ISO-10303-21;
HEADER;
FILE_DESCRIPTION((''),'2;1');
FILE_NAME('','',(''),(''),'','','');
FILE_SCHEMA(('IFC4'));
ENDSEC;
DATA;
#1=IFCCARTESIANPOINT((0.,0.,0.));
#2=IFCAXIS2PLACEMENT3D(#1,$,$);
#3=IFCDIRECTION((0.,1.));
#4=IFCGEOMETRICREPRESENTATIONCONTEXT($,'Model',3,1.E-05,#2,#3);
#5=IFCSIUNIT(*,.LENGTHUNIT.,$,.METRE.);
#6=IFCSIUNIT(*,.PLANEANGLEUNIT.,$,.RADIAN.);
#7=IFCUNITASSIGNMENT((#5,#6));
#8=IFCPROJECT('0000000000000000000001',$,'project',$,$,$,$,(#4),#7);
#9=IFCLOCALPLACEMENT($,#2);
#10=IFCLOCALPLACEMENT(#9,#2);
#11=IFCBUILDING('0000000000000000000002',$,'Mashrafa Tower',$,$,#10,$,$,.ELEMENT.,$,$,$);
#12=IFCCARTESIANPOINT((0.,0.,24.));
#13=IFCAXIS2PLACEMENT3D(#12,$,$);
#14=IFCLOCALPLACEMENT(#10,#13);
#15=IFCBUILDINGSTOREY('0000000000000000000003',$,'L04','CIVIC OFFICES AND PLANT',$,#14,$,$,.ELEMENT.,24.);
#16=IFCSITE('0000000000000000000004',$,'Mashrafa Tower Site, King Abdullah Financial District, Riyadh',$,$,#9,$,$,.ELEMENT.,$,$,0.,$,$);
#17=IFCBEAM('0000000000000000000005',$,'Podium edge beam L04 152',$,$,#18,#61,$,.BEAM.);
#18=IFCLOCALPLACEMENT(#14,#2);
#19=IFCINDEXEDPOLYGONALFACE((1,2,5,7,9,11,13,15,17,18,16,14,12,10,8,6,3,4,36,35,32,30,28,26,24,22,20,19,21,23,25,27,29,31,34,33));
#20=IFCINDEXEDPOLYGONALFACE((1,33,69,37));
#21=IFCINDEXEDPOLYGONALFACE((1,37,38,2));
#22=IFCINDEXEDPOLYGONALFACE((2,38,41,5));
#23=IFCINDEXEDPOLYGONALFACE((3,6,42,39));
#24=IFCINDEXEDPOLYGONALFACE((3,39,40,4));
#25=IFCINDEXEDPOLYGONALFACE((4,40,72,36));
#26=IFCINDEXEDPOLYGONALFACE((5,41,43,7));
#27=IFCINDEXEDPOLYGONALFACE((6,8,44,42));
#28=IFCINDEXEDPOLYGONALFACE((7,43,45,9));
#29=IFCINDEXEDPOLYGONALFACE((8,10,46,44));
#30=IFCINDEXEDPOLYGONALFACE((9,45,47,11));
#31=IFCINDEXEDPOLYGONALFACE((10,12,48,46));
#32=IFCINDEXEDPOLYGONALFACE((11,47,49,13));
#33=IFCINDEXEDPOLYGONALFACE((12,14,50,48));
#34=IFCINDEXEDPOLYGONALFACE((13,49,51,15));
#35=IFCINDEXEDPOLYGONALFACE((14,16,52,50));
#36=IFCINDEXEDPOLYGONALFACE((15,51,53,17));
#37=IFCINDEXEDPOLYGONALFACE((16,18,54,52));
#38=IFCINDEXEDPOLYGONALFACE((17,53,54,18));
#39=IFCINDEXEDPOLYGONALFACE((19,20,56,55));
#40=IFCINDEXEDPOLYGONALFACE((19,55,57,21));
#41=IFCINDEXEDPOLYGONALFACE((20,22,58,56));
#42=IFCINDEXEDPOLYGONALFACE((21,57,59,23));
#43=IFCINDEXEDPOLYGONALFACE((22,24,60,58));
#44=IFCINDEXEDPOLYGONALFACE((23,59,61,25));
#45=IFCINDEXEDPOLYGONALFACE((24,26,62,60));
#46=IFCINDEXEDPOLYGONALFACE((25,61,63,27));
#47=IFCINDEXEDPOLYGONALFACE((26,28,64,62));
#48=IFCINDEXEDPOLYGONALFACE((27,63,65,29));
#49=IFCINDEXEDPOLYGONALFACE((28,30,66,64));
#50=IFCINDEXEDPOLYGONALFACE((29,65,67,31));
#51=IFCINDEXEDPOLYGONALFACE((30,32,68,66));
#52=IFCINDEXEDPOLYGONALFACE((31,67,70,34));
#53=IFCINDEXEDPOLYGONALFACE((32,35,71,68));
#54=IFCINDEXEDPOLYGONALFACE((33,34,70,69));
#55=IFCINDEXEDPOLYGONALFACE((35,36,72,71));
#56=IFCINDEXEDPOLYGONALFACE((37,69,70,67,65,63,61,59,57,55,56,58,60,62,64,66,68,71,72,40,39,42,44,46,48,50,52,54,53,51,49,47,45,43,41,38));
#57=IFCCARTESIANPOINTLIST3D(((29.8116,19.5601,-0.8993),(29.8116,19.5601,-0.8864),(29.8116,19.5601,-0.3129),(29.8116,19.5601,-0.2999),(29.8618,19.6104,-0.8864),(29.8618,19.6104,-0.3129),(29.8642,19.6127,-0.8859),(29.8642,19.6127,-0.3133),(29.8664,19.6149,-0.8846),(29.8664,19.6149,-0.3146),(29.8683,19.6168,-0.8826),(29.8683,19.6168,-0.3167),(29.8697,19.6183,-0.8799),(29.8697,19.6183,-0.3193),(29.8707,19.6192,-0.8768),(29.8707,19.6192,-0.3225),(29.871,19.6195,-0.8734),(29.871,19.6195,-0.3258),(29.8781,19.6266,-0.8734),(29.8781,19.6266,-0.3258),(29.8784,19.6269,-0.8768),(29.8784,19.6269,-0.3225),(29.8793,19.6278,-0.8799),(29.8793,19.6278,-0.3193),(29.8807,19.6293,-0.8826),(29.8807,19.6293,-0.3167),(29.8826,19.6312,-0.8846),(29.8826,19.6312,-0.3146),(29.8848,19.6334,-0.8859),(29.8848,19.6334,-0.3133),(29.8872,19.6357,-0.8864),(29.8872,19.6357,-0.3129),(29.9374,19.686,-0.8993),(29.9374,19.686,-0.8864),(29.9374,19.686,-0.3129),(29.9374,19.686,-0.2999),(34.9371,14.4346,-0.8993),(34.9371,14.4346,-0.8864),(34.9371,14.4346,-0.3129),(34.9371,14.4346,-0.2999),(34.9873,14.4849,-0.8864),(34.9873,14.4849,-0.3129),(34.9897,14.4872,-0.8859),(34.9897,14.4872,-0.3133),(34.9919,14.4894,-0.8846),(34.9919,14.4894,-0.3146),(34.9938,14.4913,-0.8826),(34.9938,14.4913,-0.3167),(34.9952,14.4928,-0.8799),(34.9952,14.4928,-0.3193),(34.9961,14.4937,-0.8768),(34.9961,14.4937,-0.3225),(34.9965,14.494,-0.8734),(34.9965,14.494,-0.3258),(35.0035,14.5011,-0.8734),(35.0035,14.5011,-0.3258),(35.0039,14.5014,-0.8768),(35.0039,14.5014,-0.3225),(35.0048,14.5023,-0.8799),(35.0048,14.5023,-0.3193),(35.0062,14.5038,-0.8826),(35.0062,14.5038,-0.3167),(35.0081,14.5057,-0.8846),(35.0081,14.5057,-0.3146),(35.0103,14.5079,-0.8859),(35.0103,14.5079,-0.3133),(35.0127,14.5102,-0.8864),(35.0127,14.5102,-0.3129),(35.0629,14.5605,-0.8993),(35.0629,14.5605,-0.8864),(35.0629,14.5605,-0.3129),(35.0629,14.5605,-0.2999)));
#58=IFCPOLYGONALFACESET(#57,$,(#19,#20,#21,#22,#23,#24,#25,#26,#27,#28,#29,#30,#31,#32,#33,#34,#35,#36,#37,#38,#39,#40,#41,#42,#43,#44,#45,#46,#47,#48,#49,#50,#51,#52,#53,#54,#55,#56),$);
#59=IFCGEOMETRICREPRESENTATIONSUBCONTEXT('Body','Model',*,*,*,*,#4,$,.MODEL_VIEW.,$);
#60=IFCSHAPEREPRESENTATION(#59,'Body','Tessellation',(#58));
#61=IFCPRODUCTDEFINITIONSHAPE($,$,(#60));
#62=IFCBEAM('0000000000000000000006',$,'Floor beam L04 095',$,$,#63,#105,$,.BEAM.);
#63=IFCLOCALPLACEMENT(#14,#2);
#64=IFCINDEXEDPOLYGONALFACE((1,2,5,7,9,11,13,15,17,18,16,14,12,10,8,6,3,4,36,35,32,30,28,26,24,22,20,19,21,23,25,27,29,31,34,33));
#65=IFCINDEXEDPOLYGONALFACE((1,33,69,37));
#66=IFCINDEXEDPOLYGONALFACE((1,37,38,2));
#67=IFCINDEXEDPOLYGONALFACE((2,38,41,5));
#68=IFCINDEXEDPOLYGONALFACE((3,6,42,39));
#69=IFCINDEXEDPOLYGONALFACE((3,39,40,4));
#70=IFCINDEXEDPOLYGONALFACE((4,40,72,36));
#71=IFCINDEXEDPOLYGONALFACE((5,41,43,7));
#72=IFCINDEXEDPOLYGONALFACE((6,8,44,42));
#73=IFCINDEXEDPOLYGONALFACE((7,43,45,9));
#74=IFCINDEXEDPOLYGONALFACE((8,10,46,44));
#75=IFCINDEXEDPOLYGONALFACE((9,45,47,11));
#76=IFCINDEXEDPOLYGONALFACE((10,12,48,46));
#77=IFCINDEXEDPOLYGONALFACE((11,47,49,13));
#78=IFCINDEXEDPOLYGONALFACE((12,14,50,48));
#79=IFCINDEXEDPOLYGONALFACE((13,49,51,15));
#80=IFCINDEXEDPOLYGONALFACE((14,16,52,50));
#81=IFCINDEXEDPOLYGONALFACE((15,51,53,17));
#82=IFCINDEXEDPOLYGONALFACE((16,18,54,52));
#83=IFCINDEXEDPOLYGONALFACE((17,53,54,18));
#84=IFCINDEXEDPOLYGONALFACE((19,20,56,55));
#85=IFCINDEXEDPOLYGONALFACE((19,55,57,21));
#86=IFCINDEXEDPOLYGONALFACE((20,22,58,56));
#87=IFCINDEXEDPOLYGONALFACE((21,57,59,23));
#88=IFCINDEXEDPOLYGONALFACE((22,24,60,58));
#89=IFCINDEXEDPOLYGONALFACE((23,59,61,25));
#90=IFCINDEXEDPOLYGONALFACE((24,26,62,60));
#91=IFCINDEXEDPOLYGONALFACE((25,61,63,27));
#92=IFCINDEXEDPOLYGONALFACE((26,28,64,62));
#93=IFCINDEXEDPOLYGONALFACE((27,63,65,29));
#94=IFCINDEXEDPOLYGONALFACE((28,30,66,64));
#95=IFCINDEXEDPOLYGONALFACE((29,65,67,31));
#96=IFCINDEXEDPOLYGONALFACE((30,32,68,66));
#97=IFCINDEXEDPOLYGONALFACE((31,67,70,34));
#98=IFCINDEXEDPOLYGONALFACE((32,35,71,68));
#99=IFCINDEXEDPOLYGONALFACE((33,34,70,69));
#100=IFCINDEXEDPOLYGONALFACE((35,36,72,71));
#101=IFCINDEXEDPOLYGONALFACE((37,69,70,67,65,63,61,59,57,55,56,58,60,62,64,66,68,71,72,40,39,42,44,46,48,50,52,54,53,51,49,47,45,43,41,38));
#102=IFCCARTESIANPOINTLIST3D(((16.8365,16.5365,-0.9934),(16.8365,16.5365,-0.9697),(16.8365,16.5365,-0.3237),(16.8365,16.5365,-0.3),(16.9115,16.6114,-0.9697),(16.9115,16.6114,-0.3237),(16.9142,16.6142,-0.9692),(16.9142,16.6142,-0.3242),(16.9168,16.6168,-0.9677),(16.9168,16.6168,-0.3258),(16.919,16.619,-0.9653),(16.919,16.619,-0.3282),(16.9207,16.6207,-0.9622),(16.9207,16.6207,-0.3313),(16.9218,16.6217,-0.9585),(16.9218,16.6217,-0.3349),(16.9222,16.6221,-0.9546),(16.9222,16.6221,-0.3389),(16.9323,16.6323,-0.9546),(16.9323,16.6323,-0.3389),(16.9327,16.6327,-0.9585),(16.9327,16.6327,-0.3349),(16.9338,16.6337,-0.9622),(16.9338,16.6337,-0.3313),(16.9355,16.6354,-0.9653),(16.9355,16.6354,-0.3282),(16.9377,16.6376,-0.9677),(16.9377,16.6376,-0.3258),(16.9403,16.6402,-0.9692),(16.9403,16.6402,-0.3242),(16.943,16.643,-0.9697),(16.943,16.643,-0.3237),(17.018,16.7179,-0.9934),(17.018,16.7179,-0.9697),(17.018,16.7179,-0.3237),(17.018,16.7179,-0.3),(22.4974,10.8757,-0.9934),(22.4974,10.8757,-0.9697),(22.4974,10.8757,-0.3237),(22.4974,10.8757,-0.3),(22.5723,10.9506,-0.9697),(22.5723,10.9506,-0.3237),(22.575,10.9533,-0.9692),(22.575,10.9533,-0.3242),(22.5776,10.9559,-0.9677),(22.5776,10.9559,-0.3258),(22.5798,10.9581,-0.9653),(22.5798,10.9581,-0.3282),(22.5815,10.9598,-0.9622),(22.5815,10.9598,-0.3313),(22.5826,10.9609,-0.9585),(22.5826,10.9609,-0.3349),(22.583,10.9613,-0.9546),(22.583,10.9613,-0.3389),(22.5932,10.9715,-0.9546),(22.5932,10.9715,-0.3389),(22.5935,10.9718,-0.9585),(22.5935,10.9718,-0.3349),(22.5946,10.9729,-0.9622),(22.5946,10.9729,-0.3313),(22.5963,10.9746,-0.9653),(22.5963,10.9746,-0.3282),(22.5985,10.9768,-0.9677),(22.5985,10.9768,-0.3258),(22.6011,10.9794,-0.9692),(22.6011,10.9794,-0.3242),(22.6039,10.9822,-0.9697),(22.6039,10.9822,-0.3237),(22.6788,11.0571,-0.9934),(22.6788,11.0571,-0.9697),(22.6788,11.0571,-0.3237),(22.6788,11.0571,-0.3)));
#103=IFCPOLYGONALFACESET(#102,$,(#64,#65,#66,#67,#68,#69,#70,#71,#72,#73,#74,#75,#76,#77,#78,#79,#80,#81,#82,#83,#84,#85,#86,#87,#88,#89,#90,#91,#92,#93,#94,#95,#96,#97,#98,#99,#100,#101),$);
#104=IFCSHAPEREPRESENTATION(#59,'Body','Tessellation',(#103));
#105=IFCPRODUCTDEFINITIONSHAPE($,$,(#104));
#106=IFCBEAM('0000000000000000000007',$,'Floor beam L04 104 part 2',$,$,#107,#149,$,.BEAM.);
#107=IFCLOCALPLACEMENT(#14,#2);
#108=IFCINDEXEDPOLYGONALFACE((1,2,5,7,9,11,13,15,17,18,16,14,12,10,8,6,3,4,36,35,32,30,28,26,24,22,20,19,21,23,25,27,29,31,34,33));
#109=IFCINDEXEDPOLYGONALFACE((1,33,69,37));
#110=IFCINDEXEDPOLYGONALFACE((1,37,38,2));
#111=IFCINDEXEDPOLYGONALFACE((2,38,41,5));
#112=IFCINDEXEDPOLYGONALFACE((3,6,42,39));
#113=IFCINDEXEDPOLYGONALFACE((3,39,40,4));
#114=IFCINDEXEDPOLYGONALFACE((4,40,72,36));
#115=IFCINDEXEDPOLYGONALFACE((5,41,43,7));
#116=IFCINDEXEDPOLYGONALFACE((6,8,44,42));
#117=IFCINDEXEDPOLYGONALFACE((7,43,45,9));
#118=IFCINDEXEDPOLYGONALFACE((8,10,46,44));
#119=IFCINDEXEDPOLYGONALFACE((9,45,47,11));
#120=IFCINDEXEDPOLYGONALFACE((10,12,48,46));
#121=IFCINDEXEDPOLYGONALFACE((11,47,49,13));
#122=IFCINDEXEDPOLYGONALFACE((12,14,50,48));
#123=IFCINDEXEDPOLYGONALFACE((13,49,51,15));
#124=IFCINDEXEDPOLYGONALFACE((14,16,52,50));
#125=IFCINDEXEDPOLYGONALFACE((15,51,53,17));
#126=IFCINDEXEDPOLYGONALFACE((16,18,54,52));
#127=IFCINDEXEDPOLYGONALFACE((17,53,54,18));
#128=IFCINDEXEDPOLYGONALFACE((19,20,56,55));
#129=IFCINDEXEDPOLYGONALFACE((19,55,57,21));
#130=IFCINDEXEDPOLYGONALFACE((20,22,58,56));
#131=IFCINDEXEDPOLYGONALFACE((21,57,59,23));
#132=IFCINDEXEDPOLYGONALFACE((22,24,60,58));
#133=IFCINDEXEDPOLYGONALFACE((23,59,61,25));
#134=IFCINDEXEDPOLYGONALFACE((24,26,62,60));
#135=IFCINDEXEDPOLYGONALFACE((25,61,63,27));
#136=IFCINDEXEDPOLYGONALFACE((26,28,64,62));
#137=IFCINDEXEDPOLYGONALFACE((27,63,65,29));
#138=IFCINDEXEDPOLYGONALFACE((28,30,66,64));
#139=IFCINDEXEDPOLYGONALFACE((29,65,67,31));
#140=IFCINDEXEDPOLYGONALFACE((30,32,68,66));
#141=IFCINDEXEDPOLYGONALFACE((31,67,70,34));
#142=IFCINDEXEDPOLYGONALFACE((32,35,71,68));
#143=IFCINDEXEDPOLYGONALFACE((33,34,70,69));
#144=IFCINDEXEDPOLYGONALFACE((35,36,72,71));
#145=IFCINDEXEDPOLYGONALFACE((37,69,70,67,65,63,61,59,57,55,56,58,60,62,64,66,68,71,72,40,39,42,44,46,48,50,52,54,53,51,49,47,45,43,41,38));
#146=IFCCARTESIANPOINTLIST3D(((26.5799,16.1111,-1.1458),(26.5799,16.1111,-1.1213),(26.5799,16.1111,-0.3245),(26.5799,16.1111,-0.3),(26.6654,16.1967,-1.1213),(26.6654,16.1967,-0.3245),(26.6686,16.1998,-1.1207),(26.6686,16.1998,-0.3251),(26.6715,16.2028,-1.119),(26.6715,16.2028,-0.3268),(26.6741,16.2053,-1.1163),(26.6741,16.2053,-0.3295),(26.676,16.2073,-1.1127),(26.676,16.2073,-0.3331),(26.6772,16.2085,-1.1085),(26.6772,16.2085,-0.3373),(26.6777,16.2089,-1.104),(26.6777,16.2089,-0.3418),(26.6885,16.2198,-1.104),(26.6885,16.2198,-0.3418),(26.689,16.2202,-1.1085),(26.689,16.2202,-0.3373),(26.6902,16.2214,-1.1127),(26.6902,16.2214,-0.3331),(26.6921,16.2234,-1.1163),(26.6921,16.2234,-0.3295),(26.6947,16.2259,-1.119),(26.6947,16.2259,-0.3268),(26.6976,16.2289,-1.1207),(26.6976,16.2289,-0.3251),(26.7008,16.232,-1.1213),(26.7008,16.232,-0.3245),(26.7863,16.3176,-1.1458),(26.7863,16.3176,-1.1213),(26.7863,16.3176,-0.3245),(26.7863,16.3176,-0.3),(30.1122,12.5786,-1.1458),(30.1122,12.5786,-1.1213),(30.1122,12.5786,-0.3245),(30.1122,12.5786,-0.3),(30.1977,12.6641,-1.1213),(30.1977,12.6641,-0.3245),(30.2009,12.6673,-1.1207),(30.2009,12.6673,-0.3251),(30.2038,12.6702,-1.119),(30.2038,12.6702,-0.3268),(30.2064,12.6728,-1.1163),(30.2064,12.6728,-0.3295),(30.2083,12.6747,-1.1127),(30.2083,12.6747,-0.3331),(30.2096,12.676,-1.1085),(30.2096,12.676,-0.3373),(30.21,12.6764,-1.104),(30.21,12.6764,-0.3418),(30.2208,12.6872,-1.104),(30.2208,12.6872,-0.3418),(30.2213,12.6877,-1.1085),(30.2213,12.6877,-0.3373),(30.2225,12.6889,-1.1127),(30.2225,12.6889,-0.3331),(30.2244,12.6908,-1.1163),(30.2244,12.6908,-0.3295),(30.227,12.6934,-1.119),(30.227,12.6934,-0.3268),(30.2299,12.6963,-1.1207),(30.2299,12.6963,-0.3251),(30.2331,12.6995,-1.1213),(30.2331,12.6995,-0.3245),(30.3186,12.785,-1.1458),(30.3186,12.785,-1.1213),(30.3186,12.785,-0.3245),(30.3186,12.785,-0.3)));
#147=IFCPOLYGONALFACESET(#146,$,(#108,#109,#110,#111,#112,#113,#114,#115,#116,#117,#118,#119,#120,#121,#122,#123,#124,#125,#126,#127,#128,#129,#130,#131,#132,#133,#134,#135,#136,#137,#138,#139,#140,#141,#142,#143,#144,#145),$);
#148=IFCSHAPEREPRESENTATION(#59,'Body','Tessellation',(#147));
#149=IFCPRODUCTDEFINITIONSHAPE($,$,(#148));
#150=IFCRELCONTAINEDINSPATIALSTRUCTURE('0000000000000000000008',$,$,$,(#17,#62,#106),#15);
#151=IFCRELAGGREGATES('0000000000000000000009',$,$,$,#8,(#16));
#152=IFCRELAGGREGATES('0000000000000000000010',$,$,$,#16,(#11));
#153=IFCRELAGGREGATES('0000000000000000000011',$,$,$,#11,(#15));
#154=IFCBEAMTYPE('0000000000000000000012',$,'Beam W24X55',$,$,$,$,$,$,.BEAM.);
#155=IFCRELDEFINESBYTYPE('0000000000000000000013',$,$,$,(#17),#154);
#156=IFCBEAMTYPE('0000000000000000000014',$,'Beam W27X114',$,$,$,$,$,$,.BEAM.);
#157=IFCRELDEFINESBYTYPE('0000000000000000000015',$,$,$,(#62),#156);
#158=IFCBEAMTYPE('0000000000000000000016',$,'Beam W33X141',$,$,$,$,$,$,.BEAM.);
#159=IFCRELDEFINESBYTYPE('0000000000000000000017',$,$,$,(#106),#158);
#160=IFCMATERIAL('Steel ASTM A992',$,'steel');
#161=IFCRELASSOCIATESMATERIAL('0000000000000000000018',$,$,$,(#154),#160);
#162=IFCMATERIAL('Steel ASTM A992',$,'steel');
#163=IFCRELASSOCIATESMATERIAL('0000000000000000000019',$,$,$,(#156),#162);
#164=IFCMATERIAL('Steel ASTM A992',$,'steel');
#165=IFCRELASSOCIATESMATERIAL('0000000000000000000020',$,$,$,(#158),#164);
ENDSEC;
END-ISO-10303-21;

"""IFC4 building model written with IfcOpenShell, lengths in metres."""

from ifc_helpers import new_model, si_unit, direction, frame, origin, origin_2d, place, context, subcontext, project, spatial, i_section, extrude, material, material_profile, profile_set, type_object, element, save


model = new_model("IFC4")

# Units and contexts
model_context = context("Model", 3, precision=1e-05, world=origin(), true_north=direction((0.0, 1.0)))
body_context = subcontext(model_context, "Body", "Model", "MODEL_VIEW")
ifc_project = project(units=[si_unit("LENGTHUNIT", "METRE"), si_unit("PLANEANGLEUNIT", "RADIAN")], contexts=[model_context])

# Site, building, storey
site_placement = place(None, origin())
site = spatial("IfcSite", under=ifc_project, at=site_placement, Name="Mashrafa Tower Site, King Abdullah Financial District, Riyadh", CompositionType="ELEMENT", RefElevation=0.0)
building_placement = place(site_placement, origin())
building = spatial("IfcBuilding", under=site, at=building_placement, Name="Mashrafa Tower", CompositionType="ELEMENT")
storey_placement = place(building_placement, frame((0.0, 0.0, 24.0)))
storey = spatial("IfcBuildingStorey", under=building, at=storey_placement, Name="L04", Description="CIVIC OFFICES AND PLANT", CompositionType="ELEMENT", Elevation=24.0)

# Beams
ifc_material_1 = material(Name="Steel ASTM A992", Category="steel")
ifc_material_profile_1 = material_profile(ifc_material_1, i_section(OverallWidth=0.178, OverallDepth=0.5994, WebThickness=0.01, FlangeThickness=0.0129, FilletRadius=0.0129, at=origin_2d()), Name="W24X55")
ifc_profile_set_1 = profile_set([ifc_material_profile_1], Name="Steel ASTM A992")
beam_type_1 = type_object("IfcBeamType", Name="Beam W24X55", PredefinedType="BEAM", material=ifc_profile_set_1)
beam_1_placement = place(storey_placement, frame((35.0, 14.4976, -0.5996), z_axis=(-0.707107, 0.707107, 0.0), x_axis=(-0.707107, -0.707107, 0.0)))
element("IfcBeam", 1, at=beam_1_placement, inside=storey, type_object=beam_type_1, Name="Podium edge beam L04 152", PredefinedType="BEAM", context=body_context, shape_type="SweptSolid", body=[
    extrude(i_section(OverallWidth=0.178, OverallDepth=0.5994, WebThickness=0.01, FlangeThickness=0.0129, FilletRadius=0.0129, at=origin_2d()), origin(), (0.0, 0.0, 1.0), 7.2485),
])
ifc_material_2 = material(Name="Steel ASTM A992", Category="steel")
ifc_material_profile_2 = material_profile(ifc_material_2, i_section(OverallWidth=0.2566, OverallDepth=0.6934, WebThickness=0.0144, FlangeThickness=0.0237, FilletRadius=0.0151, at=origin_2d()), Name="W27X114")
ifc_profile_set_2 = profile_set([ifc_material_profile_2], Name="Steel ASTM A992")
beam_type_2 = type_object("IfcBeamType", Name="Beam W27X114", PredefinedType="BEAM", material=ifc_profile_set_2)
beam_2_placement = place(storey_placement, frame((16.9272, 16.6272, -0.6467), z_axis=(0.707107, -0.707107, 0.0), x_axis=(0.707107, 0.707107, 0.0)))
element("IfcBeam", 2, at=beam_2_placement, inside=storey, type_object=beam_type_2, Name="Floor beam L04 095", PredefinedType="BEAM", context=body_context, shape_type="SweptSolid", body=[
    extrude(i_section(OverallWidth=0.2566, OverallDepth=0.6934, WebThickness=0.0144, FlangeThickness=0.0237, FilletRadius=0.0151, at=origin_2d()), origin(), (0.0, 0.0, 1.0), 8.0056),
])
ifc_material_3 = material(Name="Steel ASTM A992", Category="steel")
ifc_material_profile_3 = material_profile(ifc_material_3, i_section(OverallWidth=0.292, OverallDepth=0.8457, WebThickness=0.0154, FlangeThickness=0.0244, FilletRadius=0.0173, at=origin_2d()), Name="W33X141")
ifc_profile_set_3 = profile_set([ifc_material_profile_3], Name="Steel ASTM A992")
beam_type_3 = type_object("IfcBeamType", Name="Beam W33X141", PredefinedType="BEAM", material=ifc_profile_set_3)
beam_3_placement = place(storey_placement, frame((26.6831, 16.2144, -0.7229), z_axis=(0.707082, -0.707131, 0.0), x_axis=(0.707131, 0.707082, 0.0)))
element("IfcBeam", 3, at=beam_3_placement, inside=storey, type_object=beam_type_3, Name="Floor beam L04 104 part 2", PredefinedType="BEAM", context=body_context, shape_type="SweptSolid", body=[
    extrude(i_section(OverallWidth=0.292, OverallDepth=0.8457, WebThickness=0.0154, FlangeThickness=0.0244, FilletRadius=0.0173, at=origin_2d()), origin(), (0.0, 0.0, 1.0), 4.9956),
])

save(model, "model.ifc")
